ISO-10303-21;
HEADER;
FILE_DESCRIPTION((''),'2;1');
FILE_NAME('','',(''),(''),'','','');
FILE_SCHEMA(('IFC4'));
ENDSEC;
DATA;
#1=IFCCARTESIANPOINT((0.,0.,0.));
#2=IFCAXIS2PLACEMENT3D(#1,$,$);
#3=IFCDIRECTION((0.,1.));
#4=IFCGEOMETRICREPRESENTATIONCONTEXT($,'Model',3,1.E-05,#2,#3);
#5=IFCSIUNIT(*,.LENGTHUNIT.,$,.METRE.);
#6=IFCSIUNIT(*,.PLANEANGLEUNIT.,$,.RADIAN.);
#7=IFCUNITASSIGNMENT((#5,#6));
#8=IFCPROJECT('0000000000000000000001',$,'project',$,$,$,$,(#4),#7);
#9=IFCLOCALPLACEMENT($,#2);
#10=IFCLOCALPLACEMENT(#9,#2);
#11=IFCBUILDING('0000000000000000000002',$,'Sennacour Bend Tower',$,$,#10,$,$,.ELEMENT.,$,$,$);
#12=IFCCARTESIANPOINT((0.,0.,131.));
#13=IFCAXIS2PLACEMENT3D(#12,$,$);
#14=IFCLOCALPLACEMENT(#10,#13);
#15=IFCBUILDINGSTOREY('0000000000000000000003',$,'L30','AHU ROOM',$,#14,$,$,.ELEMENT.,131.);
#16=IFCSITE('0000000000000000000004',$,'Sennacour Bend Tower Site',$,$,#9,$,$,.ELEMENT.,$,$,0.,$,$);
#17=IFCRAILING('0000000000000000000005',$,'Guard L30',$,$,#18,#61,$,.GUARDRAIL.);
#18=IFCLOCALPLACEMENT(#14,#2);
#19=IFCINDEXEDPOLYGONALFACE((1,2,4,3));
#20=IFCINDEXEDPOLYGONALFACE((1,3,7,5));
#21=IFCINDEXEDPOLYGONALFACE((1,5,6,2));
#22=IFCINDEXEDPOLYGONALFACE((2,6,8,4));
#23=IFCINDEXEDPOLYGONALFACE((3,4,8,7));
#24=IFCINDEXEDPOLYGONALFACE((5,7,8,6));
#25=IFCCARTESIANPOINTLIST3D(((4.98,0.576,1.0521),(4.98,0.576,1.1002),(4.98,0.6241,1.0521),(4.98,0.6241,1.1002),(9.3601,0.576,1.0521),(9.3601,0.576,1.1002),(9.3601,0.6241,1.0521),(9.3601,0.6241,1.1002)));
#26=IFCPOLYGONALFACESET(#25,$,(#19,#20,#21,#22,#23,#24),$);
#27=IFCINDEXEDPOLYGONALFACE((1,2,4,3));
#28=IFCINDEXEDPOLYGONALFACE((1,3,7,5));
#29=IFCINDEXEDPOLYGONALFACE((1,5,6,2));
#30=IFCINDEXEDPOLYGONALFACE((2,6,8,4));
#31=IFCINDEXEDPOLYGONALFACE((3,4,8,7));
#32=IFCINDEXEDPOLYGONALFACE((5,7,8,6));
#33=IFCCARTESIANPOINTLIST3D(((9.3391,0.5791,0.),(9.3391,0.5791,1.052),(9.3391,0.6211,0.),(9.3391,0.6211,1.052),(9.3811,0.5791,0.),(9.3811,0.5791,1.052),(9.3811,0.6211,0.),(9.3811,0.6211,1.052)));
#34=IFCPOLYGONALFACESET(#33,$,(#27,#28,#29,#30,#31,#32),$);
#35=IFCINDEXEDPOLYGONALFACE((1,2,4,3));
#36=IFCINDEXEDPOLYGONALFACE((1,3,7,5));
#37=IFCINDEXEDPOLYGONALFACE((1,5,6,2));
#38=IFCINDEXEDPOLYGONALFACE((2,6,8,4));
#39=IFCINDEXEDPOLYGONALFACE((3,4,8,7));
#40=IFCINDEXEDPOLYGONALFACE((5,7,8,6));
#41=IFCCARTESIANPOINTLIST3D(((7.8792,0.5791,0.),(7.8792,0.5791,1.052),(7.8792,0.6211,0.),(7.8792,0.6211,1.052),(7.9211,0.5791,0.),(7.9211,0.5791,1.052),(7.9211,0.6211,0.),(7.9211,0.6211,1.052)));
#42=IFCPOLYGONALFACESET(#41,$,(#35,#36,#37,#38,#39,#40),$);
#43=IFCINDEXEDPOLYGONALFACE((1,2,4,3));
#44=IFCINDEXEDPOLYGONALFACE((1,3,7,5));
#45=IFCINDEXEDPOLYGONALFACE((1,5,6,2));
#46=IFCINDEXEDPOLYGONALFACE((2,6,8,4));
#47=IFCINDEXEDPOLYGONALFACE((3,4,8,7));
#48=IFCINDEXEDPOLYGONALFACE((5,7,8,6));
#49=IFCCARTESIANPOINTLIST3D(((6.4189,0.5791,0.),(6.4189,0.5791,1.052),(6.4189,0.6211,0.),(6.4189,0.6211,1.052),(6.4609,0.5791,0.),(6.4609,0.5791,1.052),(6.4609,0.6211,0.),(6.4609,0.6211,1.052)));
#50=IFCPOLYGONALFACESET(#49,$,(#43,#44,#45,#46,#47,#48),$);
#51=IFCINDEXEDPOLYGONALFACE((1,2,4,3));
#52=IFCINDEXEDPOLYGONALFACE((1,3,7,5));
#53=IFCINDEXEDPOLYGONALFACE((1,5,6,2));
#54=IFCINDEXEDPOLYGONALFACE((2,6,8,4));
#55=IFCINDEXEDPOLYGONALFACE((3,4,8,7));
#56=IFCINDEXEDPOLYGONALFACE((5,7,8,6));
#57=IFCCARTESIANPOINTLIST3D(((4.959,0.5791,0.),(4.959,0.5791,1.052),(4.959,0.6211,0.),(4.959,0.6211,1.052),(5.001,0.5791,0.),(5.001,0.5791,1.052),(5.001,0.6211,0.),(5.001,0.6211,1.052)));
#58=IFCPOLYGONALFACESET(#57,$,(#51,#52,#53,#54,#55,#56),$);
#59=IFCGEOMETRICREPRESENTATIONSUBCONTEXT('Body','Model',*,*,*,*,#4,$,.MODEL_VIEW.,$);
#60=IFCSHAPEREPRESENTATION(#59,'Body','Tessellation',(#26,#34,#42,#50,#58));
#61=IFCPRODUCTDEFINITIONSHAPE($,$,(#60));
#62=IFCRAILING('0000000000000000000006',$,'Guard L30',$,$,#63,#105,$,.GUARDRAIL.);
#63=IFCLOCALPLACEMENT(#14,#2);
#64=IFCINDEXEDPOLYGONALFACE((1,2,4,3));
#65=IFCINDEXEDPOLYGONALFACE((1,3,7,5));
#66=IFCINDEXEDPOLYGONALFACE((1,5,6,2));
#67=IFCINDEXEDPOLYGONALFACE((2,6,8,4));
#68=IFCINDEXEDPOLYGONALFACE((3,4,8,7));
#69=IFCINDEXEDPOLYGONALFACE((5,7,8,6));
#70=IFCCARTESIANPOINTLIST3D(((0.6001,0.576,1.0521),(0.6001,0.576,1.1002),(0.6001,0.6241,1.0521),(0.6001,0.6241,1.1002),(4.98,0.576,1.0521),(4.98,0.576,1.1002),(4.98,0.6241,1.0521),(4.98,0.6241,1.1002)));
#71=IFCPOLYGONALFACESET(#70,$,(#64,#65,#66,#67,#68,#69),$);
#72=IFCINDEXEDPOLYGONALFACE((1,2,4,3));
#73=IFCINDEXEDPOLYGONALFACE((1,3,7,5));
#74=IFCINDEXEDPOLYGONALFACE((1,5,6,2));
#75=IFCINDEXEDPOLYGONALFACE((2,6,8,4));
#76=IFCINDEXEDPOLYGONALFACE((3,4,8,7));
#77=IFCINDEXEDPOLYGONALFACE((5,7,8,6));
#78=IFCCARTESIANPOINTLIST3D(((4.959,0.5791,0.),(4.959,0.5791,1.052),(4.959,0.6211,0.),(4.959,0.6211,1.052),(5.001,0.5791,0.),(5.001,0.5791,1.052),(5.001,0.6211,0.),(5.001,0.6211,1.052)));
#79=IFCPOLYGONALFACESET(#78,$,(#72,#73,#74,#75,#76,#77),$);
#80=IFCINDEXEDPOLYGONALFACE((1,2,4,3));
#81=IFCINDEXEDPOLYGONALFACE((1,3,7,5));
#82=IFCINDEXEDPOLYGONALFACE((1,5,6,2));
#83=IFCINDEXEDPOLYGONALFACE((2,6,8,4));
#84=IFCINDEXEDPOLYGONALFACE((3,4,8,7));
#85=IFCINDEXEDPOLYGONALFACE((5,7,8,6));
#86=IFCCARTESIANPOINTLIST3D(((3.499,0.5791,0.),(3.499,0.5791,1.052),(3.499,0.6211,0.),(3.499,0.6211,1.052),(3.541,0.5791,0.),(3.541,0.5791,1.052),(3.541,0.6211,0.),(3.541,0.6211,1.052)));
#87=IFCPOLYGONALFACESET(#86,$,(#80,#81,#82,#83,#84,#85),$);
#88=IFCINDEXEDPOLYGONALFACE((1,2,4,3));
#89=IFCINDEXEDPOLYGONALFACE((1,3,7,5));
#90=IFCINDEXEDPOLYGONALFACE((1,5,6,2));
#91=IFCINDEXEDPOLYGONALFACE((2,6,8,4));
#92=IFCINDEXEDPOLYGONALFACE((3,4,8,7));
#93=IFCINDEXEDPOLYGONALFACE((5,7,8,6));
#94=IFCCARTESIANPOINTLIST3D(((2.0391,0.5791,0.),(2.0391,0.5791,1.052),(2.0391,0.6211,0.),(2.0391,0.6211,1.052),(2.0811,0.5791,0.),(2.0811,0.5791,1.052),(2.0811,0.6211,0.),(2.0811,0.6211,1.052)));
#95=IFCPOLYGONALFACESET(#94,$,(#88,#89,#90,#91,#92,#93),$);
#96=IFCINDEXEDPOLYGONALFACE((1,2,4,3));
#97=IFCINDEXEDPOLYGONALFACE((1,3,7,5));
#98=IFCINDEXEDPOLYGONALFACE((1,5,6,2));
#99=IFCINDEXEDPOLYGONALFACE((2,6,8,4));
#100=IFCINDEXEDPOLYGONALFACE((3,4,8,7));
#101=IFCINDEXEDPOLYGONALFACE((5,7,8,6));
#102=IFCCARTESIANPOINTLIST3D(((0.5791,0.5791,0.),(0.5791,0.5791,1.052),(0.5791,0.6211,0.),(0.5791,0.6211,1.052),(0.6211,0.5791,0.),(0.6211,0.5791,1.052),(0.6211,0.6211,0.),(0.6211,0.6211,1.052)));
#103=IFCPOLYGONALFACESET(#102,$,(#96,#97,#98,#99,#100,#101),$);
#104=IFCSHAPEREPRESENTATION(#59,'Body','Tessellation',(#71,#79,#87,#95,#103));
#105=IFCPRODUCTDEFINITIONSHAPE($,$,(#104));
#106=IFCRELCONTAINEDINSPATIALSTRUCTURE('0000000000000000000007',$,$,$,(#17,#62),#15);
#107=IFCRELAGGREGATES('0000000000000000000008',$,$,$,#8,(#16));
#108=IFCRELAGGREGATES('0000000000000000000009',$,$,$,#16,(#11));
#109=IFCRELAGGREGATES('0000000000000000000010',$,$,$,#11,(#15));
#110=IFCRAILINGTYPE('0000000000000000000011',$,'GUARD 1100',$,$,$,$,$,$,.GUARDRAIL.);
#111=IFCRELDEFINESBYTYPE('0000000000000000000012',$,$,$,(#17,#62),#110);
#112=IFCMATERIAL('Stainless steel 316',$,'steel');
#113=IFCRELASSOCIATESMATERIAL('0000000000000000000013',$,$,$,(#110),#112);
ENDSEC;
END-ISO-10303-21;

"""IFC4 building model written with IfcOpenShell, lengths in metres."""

from ifc_helpers import new_model, si_unit, direction, frame, origin, origin_2d, place, context, subcontext, project, spatial, rectangle, extrude, material, type_object, element, save


model = new_model("IFC4")

# Units and contexts
model_context = context("Model", 3, precision=1e-05, world=origin(), true_north=direction((0.0, 1.0)))
body_context = subcontext(model_context, "Body", "Model", "MODEL_VIEW")
ifc_project = project(units=[si_unit("LENGTHUNIT", "METRE"), si_unit("PLANEANGLEUNIT", "RADIAN")], contexts=[model_context])

# Site, building, storey
site_placement = place(None, origin())
site = spatial("IfcSite", under=ifc_project, at=site_placement, Name="Sennacour Bend Tower Site", CompositionType="ELEMENT", RefElevation=0.0)
building_placement = place(site_placement, origin())
building = spatial("IfcBuilding", under=site, at=building_placement, Name="Sennacour Bend Tower", CompositionType="ELEMENT")
storey_placement = place(building_placement, frame((0.0, 0.0, 131.0)))
storey = spatial("IfcBuildingStorey", under=building, at=storey_placement, Name="L30", Description="AHU ROOM", CompositionType="ELEMENT", Elevation=131.0)

# Railings
ifc_material_1 = material(Name="Stainless steel 316", Category="steel")
railing_type = type_object("IfcRailingType", Name="GUARD 1100", PredefinedType="GUARDRAIL", material=ifc_material_1)
railing_1_placement = place(storey_placement, frame((9.3601, 0.6001, 0.0)))
element("IfcRailing", 1, at=railing_1_placement, inside=storey, type_object=railing_type, Name="Guard L30", PredefinedType="GUARDRAIL", context=body_context, shape_type="SweptSolid", body=[
    extrude(rectangle(XDim=0.0481, YDim=0.0481, at=origin_2d()), frame((0.0, 0.0, 1.0762), z_axis=(-1.0, 0.0, 0.0), x_axis=(0.0, -1.0, 0.0)), (0.0, 0.0, 1.0), 4.3801),
    extrude(rectangle(XDim=0.042, YDim=0.042, at=origin_2d()), origin(), (0.0, 0.0, 1.0), 1.052),
    extrude(rectangle(XDim=0.042, YDim=0.042, at=origin_2d()), frame((-1.46, 0.0, 0.0)), (0.0, 0.0, 1.0), 1.052),
    extrude(rectangle(XDim=0.042, YDim=0.042, at=origin_2d()), frame((-2.9202, 0.0, 0.0)), (0.0, 0.0, 1.0), 1.052),
    extrude(rectangle(XDim=0.042, YDim=0.042, at=origin_2d()), frame((-4.3801, 0.0, 0.0)), (0.0, 0.0, 1.0), 1.052),
])
railing_2_placement = place(storey_placement, frame((4.98, 0.6001, 0.0)))
element("IfcRailing", 2, at=railing_2_placement, inside=storey, type_object=railing_type, Name="Guard L30", PredefinedType="GUARDRAIL", context=body_context, shape_type="SweptSolid", body=[
    extrude(rectangle(XDim=0.0481, YDim=0.0481, at=origin_2d()), frame((0.0, 0.0, 1.0762), z_axis=(-1.0, 0.0, 0.0), x_axis=(0.0, -1.0, 0.0)), (0.0, 0.0, 1.0), 4.3799),
    extrude(rectangle(XDim=0.042, YDim=0.042, at=origin_2d()), origin(), (0.0, 0.0, 1.0), 1.052),
    extrude(rectangle(XDim=0.042, YDim=0.042, at=origin_2d()), frame((-1.46, 0.0, 0.0)), (0.0, 0.0, 1.0), 1.052),
    extrude(rectangle(XDim=0.042, YDim=0.042, at=origin_2d()), frame((-2.9199, 0.0, 0.0)), (0.0, 0.0, 1.0), 1.052),
    extrude(rectangle(XDim=0.042, YDim=0.042, at=origin_2d()), frame((-4.3799, 0.0, 0.0)), (0.0, 0.0, 1.0), 1.052),
])

save(model, "model.ifc")
